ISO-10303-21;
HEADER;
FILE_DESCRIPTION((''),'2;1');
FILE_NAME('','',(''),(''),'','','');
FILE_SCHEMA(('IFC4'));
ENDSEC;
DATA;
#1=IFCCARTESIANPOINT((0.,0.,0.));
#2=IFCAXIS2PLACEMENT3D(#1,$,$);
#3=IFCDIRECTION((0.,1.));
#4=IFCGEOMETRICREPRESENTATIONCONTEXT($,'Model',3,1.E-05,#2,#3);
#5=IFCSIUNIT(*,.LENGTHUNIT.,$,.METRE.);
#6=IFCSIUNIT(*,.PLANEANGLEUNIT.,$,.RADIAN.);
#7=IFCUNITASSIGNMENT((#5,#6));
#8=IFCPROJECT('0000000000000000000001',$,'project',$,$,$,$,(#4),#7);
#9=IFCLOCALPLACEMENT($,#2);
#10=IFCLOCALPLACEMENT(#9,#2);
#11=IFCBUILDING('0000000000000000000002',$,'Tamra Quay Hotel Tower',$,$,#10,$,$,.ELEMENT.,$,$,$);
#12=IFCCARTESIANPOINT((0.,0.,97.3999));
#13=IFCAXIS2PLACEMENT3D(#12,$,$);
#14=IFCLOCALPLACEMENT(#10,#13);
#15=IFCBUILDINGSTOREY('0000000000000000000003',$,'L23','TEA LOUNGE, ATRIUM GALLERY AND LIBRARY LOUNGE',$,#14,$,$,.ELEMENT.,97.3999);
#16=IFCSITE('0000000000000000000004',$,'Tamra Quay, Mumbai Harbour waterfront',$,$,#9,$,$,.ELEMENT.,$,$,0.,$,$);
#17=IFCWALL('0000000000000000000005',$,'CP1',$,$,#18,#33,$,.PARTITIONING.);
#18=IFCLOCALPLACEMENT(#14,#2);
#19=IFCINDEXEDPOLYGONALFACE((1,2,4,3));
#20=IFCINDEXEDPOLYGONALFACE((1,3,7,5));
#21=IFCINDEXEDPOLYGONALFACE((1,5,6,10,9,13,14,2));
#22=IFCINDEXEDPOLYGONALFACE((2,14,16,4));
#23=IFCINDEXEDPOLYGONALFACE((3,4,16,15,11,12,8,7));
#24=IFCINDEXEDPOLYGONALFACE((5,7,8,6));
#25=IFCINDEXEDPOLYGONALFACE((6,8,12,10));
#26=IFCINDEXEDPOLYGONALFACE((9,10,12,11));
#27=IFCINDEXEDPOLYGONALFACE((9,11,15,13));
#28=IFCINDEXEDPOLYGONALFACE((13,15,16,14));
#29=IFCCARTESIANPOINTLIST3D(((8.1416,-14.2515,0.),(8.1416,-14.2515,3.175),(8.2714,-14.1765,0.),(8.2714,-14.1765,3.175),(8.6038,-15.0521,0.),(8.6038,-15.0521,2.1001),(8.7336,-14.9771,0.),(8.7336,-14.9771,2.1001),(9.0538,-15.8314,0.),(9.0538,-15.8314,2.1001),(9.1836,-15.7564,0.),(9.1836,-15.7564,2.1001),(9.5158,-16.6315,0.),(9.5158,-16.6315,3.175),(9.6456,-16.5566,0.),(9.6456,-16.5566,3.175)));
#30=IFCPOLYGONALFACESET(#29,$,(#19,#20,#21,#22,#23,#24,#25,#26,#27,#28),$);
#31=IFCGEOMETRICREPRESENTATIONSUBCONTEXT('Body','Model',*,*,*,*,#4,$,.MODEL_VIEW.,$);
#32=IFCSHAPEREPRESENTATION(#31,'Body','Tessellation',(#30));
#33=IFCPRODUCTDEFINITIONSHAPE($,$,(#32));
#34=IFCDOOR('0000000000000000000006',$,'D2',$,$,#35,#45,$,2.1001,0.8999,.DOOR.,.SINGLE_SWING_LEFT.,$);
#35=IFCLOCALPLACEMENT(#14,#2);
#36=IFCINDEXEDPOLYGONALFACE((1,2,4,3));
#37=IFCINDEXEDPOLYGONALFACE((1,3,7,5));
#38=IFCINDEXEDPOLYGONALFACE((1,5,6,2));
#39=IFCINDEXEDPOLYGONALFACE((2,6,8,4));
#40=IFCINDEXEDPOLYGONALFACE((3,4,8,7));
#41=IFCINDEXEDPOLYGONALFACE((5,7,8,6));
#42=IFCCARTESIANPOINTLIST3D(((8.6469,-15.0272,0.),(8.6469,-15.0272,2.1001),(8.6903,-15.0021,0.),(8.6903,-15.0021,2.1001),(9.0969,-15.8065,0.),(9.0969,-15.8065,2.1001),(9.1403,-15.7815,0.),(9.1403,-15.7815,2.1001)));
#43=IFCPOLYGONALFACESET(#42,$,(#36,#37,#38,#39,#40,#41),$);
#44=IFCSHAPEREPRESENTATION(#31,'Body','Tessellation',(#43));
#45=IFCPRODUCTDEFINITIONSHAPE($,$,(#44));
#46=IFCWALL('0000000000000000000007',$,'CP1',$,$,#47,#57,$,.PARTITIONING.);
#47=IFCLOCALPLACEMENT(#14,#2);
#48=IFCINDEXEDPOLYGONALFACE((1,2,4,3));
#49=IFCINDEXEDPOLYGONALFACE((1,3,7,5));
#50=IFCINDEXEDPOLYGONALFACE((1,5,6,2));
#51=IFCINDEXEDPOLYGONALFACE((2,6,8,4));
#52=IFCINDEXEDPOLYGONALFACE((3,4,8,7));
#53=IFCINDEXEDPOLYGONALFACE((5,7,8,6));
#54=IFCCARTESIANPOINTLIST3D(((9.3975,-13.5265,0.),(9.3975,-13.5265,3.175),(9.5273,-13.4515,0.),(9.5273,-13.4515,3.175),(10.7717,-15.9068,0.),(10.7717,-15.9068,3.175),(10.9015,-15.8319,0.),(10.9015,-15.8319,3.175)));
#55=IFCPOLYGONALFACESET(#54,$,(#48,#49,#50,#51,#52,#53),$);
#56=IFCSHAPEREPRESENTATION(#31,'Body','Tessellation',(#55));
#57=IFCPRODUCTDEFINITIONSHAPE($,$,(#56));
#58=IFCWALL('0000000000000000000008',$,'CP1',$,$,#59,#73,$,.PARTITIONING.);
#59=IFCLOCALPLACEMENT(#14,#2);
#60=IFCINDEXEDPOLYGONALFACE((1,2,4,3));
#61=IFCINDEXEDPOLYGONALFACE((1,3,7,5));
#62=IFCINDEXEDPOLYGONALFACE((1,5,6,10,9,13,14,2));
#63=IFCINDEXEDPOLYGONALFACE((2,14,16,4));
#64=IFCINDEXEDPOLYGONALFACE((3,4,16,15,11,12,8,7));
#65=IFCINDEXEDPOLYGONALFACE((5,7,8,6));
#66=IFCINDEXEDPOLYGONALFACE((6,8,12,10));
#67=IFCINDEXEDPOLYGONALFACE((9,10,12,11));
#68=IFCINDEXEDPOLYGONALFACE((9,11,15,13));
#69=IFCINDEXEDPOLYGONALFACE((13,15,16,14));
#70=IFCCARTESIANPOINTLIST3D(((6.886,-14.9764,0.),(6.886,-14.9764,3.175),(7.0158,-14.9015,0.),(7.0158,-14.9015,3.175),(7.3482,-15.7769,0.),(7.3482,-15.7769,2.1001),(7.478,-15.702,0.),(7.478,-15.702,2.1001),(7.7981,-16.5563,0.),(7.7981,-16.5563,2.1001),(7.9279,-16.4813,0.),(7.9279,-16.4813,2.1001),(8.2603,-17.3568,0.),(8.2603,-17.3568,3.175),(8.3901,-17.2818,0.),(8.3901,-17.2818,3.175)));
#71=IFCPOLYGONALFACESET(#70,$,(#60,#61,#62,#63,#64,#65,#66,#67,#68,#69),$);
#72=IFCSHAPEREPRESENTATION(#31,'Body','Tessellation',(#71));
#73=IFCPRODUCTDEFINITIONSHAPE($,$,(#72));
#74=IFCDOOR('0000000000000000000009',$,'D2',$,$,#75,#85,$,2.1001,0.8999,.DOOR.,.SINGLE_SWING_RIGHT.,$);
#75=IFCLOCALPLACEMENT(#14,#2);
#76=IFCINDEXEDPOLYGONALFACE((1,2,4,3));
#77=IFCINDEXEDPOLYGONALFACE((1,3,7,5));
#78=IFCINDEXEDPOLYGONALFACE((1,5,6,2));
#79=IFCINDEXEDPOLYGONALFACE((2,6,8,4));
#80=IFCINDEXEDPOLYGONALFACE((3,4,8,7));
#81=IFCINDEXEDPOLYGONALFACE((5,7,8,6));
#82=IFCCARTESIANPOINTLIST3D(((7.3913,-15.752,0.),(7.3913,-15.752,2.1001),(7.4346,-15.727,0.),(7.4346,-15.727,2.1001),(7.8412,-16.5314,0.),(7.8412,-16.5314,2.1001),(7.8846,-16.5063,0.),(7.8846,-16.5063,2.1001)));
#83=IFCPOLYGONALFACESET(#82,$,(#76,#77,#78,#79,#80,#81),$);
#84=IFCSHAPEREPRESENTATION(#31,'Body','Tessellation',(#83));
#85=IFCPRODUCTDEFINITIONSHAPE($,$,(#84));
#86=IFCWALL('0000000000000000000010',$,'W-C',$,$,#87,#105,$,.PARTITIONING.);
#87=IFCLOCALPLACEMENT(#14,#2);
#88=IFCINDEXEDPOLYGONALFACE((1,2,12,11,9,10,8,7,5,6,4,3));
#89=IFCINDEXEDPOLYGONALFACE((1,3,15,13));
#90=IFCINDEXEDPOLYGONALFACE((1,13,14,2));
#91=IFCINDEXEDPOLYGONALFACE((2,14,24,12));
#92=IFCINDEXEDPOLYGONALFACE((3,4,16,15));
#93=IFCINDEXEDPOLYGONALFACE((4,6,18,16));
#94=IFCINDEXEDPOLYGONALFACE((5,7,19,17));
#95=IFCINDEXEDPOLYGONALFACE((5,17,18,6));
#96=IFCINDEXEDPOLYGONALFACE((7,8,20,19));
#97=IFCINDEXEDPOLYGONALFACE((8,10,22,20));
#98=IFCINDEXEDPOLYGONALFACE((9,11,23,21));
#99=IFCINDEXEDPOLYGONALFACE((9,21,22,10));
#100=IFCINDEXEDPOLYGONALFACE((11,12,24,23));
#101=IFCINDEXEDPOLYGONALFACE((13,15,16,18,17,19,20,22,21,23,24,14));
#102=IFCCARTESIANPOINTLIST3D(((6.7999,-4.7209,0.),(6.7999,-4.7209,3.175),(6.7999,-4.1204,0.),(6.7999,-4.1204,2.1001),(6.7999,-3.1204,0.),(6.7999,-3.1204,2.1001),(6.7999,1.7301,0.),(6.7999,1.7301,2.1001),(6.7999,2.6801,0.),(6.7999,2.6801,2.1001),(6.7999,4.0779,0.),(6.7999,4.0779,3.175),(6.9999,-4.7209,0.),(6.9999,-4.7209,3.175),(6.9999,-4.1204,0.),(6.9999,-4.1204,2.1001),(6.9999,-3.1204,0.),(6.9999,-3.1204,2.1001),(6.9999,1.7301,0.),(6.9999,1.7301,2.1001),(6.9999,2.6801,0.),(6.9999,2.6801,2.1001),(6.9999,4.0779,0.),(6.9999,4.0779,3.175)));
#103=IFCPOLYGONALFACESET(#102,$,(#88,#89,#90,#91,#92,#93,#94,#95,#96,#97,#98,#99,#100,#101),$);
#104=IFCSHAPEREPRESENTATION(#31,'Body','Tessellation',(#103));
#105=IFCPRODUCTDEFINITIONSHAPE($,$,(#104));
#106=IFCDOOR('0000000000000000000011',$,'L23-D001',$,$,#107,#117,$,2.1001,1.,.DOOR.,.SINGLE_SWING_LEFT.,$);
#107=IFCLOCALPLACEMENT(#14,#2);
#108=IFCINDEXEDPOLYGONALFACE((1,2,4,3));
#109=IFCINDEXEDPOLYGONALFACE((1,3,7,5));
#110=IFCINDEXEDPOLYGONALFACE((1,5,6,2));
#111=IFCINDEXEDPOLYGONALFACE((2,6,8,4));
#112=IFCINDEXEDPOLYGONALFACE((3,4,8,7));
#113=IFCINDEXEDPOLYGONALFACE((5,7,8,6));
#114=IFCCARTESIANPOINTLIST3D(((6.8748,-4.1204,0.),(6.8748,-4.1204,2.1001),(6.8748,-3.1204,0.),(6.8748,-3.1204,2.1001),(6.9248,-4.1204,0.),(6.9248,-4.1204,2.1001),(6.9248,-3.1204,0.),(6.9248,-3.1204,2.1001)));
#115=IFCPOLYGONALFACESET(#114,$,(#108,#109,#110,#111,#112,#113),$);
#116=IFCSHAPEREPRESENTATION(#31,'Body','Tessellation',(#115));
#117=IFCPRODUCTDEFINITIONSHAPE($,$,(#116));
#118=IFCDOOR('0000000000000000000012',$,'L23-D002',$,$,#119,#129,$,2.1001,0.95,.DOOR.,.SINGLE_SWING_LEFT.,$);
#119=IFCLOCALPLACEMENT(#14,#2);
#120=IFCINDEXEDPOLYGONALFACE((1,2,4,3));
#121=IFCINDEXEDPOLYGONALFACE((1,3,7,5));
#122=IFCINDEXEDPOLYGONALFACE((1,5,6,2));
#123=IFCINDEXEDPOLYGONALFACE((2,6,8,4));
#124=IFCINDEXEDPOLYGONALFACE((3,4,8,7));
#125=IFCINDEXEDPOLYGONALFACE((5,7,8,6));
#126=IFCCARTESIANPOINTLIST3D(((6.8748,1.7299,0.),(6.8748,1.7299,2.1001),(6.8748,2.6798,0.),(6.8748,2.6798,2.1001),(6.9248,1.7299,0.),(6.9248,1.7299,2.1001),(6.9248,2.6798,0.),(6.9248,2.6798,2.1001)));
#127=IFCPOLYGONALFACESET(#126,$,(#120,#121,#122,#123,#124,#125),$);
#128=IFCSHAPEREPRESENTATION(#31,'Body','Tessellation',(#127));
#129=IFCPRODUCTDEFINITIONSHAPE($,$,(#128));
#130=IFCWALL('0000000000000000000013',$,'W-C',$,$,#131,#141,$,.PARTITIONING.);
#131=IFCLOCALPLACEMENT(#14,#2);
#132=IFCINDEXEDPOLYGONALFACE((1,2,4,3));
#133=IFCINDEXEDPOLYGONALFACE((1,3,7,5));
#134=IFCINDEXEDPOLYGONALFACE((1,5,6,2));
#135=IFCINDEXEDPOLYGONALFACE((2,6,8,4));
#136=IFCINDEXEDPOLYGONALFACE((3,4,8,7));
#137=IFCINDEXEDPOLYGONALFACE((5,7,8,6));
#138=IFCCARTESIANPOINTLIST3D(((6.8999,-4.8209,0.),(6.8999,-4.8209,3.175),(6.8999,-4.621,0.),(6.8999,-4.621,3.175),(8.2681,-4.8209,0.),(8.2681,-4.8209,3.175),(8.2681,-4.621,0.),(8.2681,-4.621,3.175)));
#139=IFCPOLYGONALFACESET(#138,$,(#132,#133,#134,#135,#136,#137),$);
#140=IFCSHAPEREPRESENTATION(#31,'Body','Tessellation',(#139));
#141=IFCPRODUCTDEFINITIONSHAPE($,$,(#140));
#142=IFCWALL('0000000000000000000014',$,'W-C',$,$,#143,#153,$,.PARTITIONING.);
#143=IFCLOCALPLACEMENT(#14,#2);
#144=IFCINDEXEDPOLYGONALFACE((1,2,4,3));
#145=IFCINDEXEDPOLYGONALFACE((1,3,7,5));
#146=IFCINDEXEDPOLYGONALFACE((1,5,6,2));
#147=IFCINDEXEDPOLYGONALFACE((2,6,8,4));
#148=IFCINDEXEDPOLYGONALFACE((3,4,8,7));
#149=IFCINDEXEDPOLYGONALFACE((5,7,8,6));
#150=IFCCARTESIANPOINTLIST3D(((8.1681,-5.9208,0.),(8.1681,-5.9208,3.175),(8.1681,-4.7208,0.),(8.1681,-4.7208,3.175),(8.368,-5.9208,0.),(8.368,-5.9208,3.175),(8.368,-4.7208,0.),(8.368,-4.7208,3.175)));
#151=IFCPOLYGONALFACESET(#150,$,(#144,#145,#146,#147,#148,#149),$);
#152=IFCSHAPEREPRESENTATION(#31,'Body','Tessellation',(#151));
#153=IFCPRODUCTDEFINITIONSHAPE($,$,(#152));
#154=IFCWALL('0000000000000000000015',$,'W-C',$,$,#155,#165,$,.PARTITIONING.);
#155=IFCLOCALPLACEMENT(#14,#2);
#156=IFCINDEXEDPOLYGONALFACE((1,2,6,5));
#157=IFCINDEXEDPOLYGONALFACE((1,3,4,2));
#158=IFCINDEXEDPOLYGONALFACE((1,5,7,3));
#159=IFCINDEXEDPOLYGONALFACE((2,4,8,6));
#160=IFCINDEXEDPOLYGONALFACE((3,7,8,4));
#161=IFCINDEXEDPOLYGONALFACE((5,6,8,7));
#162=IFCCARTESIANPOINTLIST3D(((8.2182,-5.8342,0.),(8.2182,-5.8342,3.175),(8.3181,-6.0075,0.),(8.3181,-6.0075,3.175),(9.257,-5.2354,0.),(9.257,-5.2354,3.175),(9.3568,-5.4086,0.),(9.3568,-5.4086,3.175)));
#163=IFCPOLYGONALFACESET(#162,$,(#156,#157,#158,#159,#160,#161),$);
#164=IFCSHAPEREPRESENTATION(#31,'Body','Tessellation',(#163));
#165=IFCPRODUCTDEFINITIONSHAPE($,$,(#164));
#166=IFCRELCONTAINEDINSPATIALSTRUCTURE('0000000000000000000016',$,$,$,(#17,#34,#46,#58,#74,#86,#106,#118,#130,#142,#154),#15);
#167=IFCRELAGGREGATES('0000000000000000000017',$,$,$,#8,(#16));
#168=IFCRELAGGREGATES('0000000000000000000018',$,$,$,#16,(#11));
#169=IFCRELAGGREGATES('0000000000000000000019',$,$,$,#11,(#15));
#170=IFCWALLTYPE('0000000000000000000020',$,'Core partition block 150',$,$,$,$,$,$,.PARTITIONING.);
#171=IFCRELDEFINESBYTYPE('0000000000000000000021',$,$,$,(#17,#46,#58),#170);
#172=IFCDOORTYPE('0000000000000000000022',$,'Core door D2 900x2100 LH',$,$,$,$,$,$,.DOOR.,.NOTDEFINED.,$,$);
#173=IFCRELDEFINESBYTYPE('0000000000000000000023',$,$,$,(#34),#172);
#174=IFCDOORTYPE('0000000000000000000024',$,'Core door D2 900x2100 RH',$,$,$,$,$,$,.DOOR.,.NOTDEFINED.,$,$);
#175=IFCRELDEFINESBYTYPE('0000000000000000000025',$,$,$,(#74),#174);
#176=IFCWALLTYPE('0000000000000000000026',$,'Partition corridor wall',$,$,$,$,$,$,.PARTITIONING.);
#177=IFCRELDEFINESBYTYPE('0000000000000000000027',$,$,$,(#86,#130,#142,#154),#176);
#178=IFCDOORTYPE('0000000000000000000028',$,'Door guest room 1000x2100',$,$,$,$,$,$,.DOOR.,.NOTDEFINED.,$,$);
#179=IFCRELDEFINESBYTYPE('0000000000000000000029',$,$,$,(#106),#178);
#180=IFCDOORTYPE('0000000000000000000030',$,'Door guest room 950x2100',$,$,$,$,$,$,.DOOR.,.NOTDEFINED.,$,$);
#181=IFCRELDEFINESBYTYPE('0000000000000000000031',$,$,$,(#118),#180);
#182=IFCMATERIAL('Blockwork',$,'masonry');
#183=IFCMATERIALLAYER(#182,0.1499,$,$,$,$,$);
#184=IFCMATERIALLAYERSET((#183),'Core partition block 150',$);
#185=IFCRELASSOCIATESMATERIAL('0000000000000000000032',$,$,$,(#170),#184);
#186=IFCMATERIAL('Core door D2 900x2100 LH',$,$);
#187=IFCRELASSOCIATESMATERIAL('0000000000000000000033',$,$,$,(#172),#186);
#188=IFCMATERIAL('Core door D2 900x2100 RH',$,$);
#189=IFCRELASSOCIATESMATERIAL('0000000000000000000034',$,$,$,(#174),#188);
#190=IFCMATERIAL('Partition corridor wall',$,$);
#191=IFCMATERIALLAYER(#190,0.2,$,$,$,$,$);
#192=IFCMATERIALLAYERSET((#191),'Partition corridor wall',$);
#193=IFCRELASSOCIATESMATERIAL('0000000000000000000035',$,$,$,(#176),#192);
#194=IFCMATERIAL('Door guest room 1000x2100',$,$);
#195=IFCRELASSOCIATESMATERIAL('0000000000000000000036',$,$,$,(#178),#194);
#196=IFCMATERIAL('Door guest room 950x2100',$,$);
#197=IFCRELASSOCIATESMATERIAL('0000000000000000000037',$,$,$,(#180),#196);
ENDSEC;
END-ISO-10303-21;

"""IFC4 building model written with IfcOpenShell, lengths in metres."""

from ifc_helpers import new_model, si_unit, direction, frame, frame_2d, origin, place, context, subcontext, project, spatial, rectangle, extrude, material, layer, layer_set, type_object, element, fill, save


model = new_model("IFC4")

# Units and contexts
model_context = context("Model", 3, precision=1e-05, world=origin(), true_north=direction((0.0, 1.0)))
body_context = subcontext(model_context, "Body", "Model", "MODEL_VIEW")
ifc_project = project(units=[si_unit("LENGTHUNIT", "METRE"), si_unit("PLANEANGLEUNIT", "RADIAN")], contexts=[model_context])

# Site, building, storey
site_placement = place(None, origin())
site = spatial("IfcSite", under=ifc_project, at=site_placement, Name="Tamra Quay, Mumbai Harbour waterfront", CompositionType="ELEMENT", RefElevation=0.0)
building_placement = place(site_placement, origin())
building = spatial("IfcBuilding", under=site, at=building_placement, Name="Tamra Quay Hotel Tower", CompositionType="ELEMENT")
storey_placement = place(building_placement, frame((0.0, 0.0, 97.3999)))
storey = spatial("IfcBuildingStorey", under=building, at=storey_placement, Name="L23", Description="TEA LOUNGE, ATRIUM GALLERY AND LIBRARY LOUNGE", CompositionType="ELEMENT", Elevation=97.3999)

# Wall, opening, door
ifc_material_1 = material(Name="Blockwork", Category="masonry")
ifc_layer_1 = layer(ifc_material_1, 0.1499)
ifc_layer_set_1 = layer_set([ifc_layer_1], Name="Core partition block 150")
wall_type_1 = type_object("IfcWallType", Name="Core partition block 150", PredefinedType="PARTITIONING", material=ifc_layer_set_1)
wall_1_placement = place(storey_placement, frame((8.2065, -14.2141, 0.0), z_axis=(0.0, 0.0, 1.0), x_axis=(0.500027, -0.86601, 0.0)))
wall_1 = element("IfcWall", 1, at=wall_1_placement, inside=storey, type_object=wall_type_1, Name="CP1", PredefinedType="PARTITIONING", context=body_context, shape_type="SweptSolid", body=[
    extrude(rectangle(XDim=2.7483, YDim=0.1499, at=frame_2d((1.374, 0.0))), origin(), (0.0, 0.0, 1.0), 3.175),
])
opening_1_placement = place(wall_1_placement, frame((0.9243, 0.0, 0.0)))
opening_1 = element("IfcOpeningElement", 2, at=opening_1_placement, cuts=wall_1, PredefinedType="OPENING", context=body_context, shape_type="SweptSolid", body=[
    extrude(rectangle(XDim=0.8999, YDim=2.1001, at=frame_2d((0.45, 1.05))), frame((0.0, 0.085, 0.0), z_axis=(0.0, -1.0, 0.0), x_axis=(1.0, 0.0, 0.0)), (0.0, 0.0, 1.0), 0.1699),
])
ifc_material_2 = material(Name="Core door D2 900x2100 LH")
door_type_1 = type_object("IfcDoorType", Name="Core door D2 900x2100 LH", OperationType="NOTDEFINED", PredefinedType="DOOR", material=ifc_material_2)
door_1_placement = place(opening_1_placement, origin())
door_1 = element("IfcDoor", 3, at=door_1_placement, inside=storey, type_object=door_type_1, Name="D2", OperationType="SINGLE_SWING_LEFT", OverallHeight=2.1001, OverallWidth=0.8999, PredefinedType="DOOR", context=body_context, shape_type="SweptSolid", body=[
    extrude(rectangle(XDim=0.8999, YDim=2.1001, at=frame_2d((0.45, 1.05))), frame((0.0, 0.0249, 0.0), z_axis=(0.0, -1.0, 0.0), x_axis=(1.0, 0.0, 0.0)), (0.0, 0.0, 1.0), 0.05),
])
fill(opening_1, door_1)

# Wall
wall_2_placement = place(storey_placement, frame((9.4624, -13.489, 0.0), z_axis=(0.0, 0.0, 1.0), x_axis=(0.499989, -0.866032, 0.0)))
element("IfcWall", 4, at=wall_2_placement, inside=storey, type_object=wall_type_1, Name="CP1", PredefinedType="PARTITIONING", context=body_context, shape_type="SweptSolid", body=[
    extrude(rectangle(XDim=2.7485, YDim=0.1499, at=frame_2d((1.3743, 0.0))), origin(), (0.0, 0.0, 1.0), 3.175),
])

# Wall, opening, door
wall_3_placement = place(storey_placement, frame((6.9509, -14.939, 0.0), z_axis=(0.0, 0.0, 1.0), x_axis=(0.499989, -0.866032, 0.0)))
wall_3 = element("IfcWall", 5, at=wall_3_placement, inside=storey, type_object=wall_type_1, Name="CP1", PredefinedType="PARTITIONING", context=body_context, shape_type="SweptSolid", body=[
    extrude(rectangle(XDim=2.7485, YDim=0.1499, at=frame_2d((1.3743, 0.0))), origin(), (0.0, 0.0, 1.0), 3.175),
])
opening_2_placement = place(wall_3_placement, frame((0.9243, 0.0, 0.0)))
opening_2 = element("IfcOpeningElement", 6, at=opening_2_placement, cuts=wall_3, PredefinedType="OPENING", context=body_context, shape_type="SweptSolid", body=[
    extrude(rectangle(XDim=0.8999, YDim=2.1001, at=frame_2d((0.45, 1.05))), frame((0.0, 0.085, 0.0), z_axis=(0.0, -1.0, 0.0), x_axis=(1.0, 0.0, 0.0)), (0.0, 0.0, 1.0), 0.1699),
])
ifc_material_3 = material(Name="Core door D2 900x2100 RH")
door_type_2 = type_object("IfcDoorType", Name="Core door D2 900x2100 RH", OperationType="NOTDEFINED", PredefinedType="DOOR", material=ifc_material_3)
door_2_placement = place(opening_2_placement, origin())
door_2 = element("IfcDoor", 7, at=door_2_placement, inside=storey, type_object=door_type_2, Name="D2", OperationType="SINGLE_SWING_RIGHT", OverallHeight=2.1001, OverallWidth=0.8999, PredefinedType="DOOR", context=body_context, shape_type="SweptSolid", body=[
    extrude(rectangle(XDim=0.8999, YDim=2.1001, at=frame_2d((0.45, 1.05))), frame((0.0, 0.0249, 0.0), z_axis=(0.0, -1.0, 0.0), x_axis=(1.0, 0.0, 0.0)), (0.0, 0.0, 1.0), 0.05),
])
fill(opening_2, door_2)

# Wall, openings, doors
ifc_material_4 = material(Name="Partition corridor wall")
ifc_layer_2 = layer(ifc_material_4, 0.2)
ifc_layer_set_2 = layer_set([ifc_layer_2], Name="Partition corridor wall")
wall_type_2 = type_object("IfcWallType", Name="Partition corridor wall", PredefinedType="PARTITIONING", material=ifc_layer_set_2)
wall_4_placement = place(storey_placement, frame((6.8999, -4.7209, 0.0), z_axis=(0.0, 0.0, 1.0), x_axis=(0.0, 1.0, 0.0)))
wall_4 = element("IfcWall", 8, at=wall_4_placement, inside=storey, type_object=wall_type_2, Name="W-C", PredefinedType="PARTITIONING", context=body_context, shape_type="SweptSolid", body=[
    extrude(rectangle(XDim=8.7988, YDim=0.2, at=frame_2d((4.3994, 0.0))), origin(), (0.0, 0.0, 1.0), 3.175),
])
opening_3_placement = place(wall_4_placement, frame((0.6006, 0.0, 0.0)))
opening_3 = element("IfcOpeningElement", 9, at=opening_3_placement, cuts=wall_4, PredefinedType="OPENING", context=body_context, shape_type="SweptSolid", body=[
    extrude(rectangle(XDim=1.0, YDim=2.1001, at=frame_2d((0.5, 1.05))), frame((0.0, 0.1099, 0.0), z_axis=(0.0, -1.0, 0.0), x_axis=(1.0, 0.0, 0.0)), (0.0, 0.0, 1.0), 0.22),
])
opening_4_placement = place(wall_4_placement, frame((6.4509, 0.0, 0.0)))
opening_4 = element("IfcOpeningElement", 10, at=opening_4_placement, cuts=wall_4, PredefinedType="OPENING", context=body_context, shape_type="SweptSolid", body=[
    extrude(rectangle(XDim=0.95, YDim=2.1001, at=frame_2d((0.4751, 1.05))), frame((0.0, 0.1099, 0.0), z_axis=(0.0, -1.0, 0.0), x_axis=(1.0, 0.0, 0.0)), (0.0, 0.0, 1.0), 0.22),
])
ifc_material_5 = material(Name="Door guest room 1000x2100")
door_type_3 = type_object("IfcDoorType", Name="Door guest room 1000x2100", OperationType="NOTDEFINED", PredefinedType="DOOR", material=ifc_material_5)
door_3_placement = place(opening_3_placement, frame((1.0, 0.0, 0.0), z_axis=(0.0, 0.0, 1.0), x_axis=(-1.0, 0.0, 0.0)))
door_3 = element("IfcDoor", 11, at=door_3_placement, inside=storey, type_object=door_type_3, Name="L23-D001", OperationType="SINGLE_SWING_LEFT", OverallHeight=2.1001, OverallWidth=1.0, PredefinedType="DOOR", context=body_context, shape_type="SweptSolid", body=[
    extrude(rectangle(XDim=1.0, YDim=2.1001, at=frame_2d((0.5, 1.05))), frame((0.0, 0.0249, 0.0), z_axis=(0.0, -1.0, 0.0), x_axis=(1.0, 0.0, 0.0)), (0.0, 0.0, 1.0), 0.05),
])
fill(opening_3, door_3)
ifc_material_6 = material(Name="Door guest room 950x2100")
door_type_4 = type_object("IfcDoorType", Name="Door guest room 950x2100", OperationType="NOTDEFINED", PredefinedType="DOOR", material=ifc_material_6)
door_4_placement = place(opening_4_placement, frame((0.95, 0.0, 0.0), z_axis=(0.0, 0.0, 1.0), x_axis=(-1.0, 0.0, 0.0)))
door_4 = element("IfcDoor", 12, at=door_4_placement, inside=storey, type_object=door_type_4, Name="L23-D002", OperationType="SINGLE_SWING_LEFT", OverallHeight=2.1001, OverallWidth=0.95, PredefinedType="DOOR", context=body_context, shape_type="SweptSolid", body=[
    extrude(rectangle(XDim=0.95, YDim=2.1001, at=frame_2d((0.4751, 1.05))), frame((0.0, 0.0249, 0.0), z_axis=(0.0, -1.0, 0.0), x_axis=(1.0, 0.0, 0.0)), (0.0, 0.0, 1.0), 0.05),
])
fill(opening_4, door_4)

# Walls
wall_5_placement = place(storey_placement, frame((6.8999, -4.7209, 0.0), z_axis=(0.0, 0.0, 1.0), x_axis=(1.0, 0.0, 0.0)))
element("IfcWall", 13, at=wall_5_placement, inside=storey, type_object=wall_type_2, Name="W-C", PredefinedType="PARTITIONING", context=body_context, shape_type="SweptSolid", body=[
    extrude(rectangle(XDim=1.3682, YDim=0.2, at=frame_2d((0.6841, 0.0))), origin(), (0.0, 0.0, 1.0), 3.175),
])
wall_6_placement = place(storey_placement, frame((8.2681, -5.9209, 0.0), z_axis=(0.0, 0.0, 1.0), x_axis=(0.0, 1.0, 0.0)))
element("IfcWall", 14, at=wall_6_placement, inside=storey, type_object=wall_type_2, Name="W-C", PredefinedType="PARTITIONING", context=body_context, shape_type="SweptSolid", body=[
    extrude(rectangle(XDim=1.2, YDim=0.2, at=frame_2d((0.6001, 0.0))), origin(), (0.0, 0.0, 1.0), 3.175),
])
wall_7_placement = place(storey_placement, frame((8.2681, -5.9209, 0.0), z_axis=(0.0, 0.0, 1.0), x_axis=(0.866345, 0.499446, 0.0)))
element("IfcWall", 15, at=wall_7_placement, inside=storey, type_object=wall_type_2, Name="W-C", PredefinedType="PARTITIONING", context=body_context, shape_type="SweptSolid", body=[
    extrude(rectangle(XDim=1.199, YDim=0.2, at=frame_2d((0.5996, 0.0))), origin(), (0.0, 0.0, 1.0), 3.175),
])

save(model, "model.ifc")
